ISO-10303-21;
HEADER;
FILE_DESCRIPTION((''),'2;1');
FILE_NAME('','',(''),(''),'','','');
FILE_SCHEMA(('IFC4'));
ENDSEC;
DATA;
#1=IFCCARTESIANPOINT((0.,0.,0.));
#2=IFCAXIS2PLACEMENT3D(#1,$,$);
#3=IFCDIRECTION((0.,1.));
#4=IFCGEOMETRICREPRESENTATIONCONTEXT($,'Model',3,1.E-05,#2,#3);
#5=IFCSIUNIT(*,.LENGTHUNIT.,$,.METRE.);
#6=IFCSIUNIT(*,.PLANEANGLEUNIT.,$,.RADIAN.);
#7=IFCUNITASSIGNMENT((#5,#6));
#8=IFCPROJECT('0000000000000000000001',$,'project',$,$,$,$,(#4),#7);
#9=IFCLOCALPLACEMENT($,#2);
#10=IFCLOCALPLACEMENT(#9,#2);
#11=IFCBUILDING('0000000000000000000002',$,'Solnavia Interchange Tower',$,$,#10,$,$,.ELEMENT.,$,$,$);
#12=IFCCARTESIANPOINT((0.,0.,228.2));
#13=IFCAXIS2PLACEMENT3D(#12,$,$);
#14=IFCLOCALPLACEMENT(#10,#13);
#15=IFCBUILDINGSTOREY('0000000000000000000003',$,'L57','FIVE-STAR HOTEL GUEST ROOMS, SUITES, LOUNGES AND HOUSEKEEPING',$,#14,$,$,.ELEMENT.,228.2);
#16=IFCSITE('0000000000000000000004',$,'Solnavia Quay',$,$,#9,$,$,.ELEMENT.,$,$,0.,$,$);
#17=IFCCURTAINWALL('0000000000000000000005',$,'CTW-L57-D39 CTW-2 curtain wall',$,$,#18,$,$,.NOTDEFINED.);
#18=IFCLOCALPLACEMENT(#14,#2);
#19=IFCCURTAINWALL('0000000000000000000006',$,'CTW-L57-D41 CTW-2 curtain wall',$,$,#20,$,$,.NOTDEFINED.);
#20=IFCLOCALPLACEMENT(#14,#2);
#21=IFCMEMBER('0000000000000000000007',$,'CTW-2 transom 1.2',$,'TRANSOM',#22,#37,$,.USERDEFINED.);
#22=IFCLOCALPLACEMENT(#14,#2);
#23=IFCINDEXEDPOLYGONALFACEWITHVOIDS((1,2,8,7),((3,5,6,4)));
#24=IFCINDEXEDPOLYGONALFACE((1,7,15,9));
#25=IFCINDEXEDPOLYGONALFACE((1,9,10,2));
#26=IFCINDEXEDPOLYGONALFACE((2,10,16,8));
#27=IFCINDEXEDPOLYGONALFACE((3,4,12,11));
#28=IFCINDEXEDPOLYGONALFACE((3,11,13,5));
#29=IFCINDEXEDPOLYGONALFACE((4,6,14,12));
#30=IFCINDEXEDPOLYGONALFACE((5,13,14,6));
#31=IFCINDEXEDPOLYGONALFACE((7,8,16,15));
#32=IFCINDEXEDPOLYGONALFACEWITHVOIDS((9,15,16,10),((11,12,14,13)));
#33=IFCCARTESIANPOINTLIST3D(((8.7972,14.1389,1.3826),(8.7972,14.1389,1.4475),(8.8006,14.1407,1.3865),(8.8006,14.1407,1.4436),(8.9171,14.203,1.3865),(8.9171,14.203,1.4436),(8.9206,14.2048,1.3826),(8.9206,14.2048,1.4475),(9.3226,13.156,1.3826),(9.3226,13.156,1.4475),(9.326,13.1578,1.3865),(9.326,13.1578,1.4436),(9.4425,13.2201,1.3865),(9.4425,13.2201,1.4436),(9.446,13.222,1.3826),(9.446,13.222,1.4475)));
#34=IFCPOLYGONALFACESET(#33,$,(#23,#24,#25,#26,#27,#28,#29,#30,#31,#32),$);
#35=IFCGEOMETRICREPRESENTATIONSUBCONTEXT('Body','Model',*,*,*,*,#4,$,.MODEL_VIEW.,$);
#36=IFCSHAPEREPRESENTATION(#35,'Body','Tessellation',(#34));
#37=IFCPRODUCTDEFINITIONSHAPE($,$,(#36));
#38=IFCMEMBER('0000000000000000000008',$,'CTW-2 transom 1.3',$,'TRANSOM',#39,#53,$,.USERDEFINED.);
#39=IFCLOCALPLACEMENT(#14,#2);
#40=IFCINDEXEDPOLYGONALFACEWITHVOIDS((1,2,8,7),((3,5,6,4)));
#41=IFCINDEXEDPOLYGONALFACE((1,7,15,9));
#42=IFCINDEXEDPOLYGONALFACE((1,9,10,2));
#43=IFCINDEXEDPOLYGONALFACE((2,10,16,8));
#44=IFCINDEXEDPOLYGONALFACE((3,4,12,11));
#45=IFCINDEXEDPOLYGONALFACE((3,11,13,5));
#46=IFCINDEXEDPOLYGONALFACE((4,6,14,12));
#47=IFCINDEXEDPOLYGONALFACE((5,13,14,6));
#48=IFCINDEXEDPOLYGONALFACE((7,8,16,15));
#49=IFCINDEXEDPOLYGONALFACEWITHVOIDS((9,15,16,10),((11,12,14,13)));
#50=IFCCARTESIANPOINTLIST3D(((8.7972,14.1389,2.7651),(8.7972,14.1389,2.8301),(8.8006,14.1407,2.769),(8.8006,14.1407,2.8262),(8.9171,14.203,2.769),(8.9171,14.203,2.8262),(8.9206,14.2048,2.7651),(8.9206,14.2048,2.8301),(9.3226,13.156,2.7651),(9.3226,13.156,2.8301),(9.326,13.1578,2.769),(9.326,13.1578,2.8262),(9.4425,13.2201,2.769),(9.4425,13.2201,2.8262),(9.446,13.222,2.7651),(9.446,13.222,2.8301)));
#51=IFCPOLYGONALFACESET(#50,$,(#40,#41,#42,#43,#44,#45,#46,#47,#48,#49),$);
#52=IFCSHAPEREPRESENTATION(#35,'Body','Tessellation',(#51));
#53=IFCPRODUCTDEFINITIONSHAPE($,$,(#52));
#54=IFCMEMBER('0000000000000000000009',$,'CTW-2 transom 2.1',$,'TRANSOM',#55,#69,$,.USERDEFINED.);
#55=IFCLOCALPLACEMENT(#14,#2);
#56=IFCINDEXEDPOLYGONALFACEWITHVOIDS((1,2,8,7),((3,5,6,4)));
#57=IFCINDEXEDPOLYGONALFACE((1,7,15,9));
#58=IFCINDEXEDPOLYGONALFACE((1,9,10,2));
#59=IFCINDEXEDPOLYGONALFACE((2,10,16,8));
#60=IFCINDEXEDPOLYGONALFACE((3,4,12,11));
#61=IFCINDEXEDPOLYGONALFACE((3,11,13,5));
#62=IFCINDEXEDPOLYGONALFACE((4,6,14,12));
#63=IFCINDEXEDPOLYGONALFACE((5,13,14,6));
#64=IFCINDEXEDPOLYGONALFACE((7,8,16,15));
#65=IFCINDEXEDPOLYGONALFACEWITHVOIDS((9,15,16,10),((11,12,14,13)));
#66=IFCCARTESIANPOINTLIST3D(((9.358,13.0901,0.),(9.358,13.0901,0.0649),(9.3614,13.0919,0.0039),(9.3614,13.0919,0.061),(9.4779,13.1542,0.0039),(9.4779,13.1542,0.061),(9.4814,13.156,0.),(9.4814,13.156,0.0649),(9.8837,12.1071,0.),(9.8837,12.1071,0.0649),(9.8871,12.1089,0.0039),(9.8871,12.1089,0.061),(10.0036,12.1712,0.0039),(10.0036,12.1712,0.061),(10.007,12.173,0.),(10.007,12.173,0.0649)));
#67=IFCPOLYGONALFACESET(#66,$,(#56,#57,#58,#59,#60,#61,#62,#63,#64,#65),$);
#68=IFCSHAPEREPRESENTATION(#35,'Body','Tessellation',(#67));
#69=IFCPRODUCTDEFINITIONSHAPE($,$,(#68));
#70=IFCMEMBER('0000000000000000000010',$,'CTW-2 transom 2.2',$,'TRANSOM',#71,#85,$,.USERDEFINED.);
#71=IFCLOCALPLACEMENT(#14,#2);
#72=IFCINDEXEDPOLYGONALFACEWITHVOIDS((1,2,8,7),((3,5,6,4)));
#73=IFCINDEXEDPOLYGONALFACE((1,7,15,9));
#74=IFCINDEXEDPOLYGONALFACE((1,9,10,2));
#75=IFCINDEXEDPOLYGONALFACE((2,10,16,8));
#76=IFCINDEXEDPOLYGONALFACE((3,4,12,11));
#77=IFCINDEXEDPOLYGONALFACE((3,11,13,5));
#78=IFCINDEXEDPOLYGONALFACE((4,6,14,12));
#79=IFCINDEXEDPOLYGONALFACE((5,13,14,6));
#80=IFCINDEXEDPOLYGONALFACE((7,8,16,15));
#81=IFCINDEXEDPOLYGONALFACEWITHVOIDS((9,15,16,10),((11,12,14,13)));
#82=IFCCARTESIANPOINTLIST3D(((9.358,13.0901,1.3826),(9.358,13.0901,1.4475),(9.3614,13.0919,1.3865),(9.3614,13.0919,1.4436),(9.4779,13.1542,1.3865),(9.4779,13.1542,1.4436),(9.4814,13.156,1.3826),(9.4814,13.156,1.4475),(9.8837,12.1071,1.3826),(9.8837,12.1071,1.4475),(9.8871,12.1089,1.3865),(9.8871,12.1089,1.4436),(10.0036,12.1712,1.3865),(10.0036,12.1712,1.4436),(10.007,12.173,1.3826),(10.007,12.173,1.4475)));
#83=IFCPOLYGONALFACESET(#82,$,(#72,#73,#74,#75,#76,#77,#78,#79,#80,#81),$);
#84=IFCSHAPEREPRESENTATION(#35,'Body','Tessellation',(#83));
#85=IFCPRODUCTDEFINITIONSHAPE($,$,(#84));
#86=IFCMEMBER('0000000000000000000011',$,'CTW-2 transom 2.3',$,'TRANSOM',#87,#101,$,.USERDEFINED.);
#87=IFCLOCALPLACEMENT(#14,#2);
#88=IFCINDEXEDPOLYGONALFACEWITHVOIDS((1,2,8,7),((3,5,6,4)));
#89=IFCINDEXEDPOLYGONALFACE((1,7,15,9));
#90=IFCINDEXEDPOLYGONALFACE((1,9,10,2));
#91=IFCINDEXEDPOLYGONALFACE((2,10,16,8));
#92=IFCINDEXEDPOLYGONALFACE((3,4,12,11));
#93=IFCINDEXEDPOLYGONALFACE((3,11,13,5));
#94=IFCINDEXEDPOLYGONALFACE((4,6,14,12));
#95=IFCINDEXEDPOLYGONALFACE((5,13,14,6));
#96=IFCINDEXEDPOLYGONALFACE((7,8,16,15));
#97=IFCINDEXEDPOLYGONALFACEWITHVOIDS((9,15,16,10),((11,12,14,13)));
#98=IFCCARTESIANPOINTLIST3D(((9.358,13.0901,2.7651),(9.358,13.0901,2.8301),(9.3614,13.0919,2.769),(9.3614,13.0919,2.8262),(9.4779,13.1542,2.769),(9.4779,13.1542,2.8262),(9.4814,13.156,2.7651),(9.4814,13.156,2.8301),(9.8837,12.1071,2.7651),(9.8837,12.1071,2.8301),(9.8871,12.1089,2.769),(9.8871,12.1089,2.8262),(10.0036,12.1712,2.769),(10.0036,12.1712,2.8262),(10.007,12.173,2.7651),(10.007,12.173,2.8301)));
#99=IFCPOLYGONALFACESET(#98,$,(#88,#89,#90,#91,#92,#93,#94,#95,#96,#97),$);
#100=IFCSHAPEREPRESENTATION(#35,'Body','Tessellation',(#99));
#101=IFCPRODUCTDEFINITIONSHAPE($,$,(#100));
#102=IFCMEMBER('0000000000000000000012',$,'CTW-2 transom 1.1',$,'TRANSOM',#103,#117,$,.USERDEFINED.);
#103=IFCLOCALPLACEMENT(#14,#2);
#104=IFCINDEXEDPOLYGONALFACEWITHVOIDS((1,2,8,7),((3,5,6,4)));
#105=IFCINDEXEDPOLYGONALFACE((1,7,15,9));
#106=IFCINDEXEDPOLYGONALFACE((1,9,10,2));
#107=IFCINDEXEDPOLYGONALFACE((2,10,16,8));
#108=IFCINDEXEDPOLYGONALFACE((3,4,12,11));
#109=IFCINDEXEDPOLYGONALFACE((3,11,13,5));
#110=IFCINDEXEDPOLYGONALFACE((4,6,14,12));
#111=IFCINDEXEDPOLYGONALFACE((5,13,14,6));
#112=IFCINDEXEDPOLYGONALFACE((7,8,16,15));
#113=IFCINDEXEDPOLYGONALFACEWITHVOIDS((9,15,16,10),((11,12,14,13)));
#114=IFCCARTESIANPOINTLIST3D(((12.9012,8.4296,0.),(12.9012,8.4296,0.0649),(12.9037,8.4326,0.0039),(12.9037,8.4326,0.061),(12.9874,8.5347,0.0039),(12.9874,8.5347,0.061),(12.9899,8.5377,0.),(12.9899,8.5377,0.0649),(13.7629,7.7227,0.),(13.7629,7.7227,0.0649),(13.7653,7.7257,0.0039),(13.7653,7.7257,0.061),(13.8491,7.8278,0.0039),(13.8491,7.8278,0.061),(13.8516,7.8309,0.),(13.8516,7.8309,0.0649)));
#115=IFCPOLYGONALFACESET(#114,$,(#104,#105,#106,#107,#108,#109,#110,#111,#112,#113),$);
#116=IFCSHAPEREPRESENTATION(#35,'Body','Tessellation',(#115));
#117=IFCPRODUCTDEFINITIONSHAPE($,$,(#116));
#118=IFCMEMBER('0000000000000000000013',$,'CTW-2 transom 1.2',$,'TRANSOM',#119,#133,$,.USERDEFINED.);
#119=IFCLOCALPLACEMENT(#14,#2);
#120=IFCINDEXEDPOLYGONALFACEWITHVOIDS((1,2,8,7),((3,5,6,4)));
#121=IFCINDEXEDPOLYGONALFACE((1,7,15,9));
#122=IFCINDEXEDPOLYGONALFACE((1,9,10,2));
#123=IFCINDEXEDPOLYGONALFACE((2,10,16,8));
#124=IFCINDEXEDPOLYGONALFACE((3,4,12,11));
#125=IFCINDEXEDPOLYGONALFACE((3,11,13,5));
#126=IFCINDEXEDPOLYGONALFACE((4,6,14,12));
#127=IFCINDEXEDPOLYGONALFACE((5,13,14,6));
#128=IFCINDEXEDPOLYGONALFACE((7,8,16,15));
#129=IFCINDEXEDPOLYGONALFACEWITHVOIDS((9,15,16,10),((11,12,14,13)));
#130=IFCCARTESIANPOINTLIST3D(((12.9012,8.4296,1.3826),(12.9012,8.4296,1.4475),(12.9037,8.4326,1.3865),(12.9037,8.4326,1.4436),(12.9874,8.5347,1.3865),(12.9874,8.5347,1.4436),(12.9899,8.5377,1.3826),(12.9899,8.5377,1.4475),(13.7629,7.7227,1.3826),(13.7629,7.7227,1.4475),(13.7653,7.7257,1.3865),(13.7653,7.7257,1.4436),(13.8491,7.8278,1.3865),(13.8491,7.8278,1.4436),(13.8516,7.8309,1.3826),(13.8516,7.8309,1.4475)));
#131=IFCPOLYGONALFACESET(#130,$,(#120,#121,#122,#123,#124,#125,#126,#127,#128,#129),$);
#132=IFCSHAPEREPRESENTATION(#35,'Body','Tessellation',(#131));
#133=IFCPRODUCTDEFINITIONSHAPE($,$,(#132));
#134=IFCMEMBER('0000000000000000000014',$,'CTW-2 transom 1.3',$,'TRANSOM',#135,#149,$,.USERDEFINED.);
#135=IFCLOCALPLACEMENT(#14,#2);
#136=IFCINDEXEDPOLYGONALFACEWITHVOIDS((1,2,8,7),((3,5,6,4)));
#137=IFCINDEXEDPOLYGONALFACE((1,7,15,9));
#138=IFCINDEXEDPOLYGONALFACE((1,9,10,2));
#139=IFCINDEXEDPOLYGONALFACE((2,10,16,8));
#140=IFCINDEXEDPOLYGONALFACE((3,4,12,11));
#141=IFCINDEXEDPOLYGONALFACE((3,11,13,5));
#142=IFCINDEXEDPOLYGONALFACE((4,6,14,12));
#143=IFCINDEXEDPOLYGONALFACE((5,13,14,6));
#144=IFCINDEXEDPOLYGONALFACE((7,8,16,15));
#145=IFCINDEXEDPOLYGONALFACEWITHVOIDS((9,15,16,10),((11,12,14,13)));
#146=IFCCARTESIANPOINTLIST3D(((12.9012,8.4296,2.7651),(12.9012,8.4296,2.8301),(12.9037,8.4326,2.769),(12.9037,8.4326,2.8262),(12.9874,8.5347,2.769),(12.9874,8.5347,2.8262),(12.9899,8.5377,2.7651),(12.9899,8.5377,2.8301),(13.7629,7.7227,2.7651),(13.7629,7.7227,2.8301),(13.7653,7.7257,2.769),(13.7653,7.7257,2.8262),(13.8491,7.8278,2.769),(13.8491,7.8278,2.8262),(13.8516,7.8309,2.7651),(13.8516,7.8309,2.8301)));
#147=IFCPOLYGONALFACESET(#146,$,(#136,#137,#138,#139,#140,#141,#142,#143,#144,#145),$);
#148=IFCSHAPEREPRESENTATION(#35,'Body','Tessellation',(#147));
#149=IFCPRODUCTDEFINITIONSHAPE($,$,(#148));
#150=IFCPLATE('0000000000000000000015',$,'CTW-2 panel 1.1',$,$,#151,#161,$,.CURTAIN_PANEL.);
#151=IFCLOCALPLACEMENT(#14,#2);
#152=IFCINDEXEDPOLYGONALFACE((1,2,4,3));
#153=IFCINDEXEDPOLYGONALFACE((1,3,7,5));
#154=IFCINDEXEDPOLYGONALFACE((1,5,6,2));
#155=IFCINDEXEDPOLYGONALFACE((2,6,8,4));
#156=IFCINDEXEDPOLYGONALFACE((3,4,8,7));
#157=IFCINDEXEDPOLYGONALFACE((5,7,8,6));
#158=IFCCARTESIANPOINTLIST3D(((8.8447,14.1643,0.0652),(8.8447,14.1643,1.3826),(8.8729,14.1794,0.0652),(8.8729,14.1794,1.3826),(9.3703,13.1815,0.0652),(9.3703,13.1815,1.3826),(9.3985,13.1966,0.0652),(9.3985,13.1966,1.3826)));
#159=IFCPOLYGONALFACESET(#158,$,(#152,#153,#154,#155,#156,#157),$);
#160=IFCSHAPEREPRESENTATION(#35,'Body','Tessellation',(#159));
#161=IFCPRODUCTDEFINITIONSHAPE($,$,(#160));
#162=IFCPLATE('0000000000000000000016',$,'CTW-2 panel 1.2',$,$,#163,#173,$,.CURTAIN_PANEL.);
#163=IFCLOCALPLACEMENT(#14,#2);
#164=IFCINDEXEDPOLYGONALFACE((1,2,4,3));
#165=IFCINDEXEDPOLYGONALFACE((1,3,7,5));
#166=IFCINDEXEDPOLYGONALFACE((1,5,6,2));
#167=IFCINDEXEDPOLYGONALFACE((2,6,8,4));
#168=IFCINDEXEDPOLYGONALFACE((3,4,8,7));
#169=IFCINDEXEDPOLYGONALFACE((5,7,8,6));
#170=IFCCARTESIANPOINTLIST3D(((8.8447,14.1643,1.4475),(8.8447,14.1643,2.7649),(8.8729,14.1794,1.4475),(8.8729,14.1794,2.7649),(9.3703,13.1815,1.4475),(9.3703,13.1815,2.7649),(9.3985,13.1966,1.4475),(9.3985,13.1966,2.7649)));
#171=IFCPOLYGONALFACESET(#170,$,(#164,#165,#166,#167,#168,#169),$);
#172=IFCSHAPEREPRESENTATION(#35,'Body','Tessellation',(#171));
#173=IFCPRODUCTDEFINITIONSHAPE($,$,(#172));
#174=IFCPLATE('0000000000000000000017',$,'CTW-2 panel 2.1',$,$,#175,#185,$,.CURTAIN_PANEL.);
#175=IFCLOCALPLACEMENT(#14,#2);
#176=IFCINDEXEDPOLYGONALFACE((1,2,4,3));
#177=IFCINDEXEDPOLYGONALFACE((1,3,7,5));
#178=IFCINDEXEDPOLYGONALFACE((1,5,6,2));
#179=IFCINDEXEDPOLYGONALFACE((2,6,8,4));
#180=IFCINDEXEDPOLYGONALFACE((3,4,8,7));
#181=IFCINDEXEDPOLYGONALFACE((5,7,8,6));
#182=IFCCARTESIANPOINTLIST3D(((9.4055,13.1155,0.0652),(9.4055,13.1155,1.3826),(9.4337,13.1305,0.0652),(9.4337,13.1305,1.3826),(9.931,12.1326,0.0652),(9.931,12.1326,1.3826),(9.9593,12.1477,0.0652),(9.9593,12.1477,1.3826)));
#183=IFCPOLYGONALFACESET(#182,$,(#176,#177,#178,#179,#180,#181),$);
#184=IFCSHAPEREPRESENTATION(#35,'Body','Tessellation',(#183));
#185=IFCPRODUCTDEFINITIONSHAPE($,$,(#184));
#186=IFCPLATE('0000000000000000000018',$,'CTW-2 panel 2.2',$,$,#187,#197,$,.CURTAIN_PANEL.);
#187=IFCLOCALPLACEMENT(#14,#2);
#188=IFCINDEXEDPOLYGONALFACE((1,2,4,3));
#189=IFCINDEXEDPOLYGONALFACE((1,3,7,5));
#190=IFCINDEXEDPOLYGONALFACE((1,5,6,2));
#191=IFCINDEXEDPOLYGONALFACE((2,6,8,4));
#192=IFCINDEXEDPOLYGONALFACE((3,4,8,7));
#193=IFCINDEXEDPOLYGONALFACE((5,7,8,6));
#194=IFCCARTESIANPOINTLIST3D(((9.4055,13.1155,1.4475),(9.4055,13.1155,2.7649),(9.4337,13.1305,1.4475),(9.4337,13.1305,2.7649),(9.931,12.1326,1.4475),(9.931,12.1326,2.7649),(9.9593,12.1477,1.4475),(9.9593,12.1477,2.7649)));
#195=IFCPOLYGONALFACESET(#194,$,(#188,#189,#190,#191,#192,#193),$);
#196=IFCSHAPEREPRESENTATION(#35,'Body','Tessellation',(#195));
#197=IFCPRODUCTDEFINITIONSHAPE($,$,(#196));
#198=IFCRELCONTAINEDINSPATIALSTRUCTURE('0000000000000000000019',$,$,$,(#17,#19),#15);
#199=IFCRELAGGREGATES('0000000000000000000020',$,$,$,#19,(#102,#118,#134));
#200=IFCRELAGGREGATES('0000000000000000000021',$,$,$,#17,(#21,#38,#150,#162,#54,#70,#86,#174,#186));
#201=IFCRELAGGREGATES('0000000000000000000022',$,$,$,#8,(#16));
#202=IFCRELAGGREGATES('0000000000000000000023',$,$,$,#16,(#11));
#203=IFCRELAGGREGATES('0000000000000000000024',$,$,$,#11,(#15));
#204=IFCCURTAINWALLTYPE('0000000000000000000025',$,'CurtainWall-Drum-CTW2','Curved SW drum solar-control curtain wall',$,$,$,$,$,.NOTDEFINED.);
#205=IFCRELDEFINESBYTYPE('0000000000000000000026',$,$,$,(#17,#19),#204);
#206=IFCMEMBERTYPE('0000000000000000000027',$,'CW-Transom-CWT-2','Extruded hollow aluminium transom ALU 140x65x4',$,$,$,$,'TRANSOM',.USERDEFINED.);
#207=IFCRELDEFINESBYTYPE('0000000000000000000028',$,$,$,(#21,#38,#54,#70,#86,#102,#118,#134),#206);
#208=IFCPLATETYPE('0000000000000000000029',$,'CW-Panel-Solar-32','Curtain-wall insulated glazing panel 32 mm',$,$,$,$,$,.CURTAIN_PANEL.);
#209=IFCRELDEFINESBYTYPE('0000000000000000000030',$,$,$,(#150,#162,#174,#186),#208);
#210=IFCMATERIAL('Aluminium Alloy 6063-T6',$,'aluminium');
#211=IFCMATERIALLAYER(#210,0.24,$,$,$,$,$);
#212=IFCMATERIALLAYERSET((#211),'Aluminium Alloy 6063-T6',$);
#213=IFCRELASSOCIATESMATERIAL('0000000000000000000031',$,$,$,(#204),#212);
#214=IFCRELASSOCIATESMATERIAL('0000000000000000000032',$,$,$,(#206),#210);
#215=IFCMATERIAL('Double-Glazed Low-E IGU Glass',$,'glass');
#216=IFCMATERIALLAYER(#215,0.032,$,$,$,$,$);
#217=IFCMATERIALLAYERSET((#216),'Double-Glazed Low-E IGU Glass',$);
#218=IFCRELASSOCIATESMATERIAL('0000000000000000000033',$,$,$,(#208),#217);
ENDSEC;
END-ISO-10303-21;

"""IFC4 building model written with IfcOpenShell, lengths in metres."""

from ifc_helpers import new_model, si_unit, direction, frame, origin, origin_2d, place, context, subcontext, project, spatial, rectangle, hollow_rectangle, extrude, material, layer, layer_set, material_profile, profile_set, type_object, element, aggregate, save


model = new_model("IFC4")

# Units and contexts
model_context = context("Model", 3, precision=1e-05, world=origin(), true_north=direction((0.0, 1.0)))
body_context = subcontext(model_context, "Body", "Model", "MODEL_VIEW")
ifc_project = project(units=[si_unit("LENGTHUNIT", "METRE"), si_unit("PLANEANGLEUNIT", "RADIAN")], contexts=[model_context])

# Site, building, storey
site_placement = place(None, origin())
site = spatial("IfcSite", under=ifc_project, at=site_placement, Name="Solnavia Quay", CompositionType="ELEMENT", RefElevation=0.0)
building_placement = place(site_placement, origin())
building = spatial("IfcBuilding", under=site, at=building_placement, Name="Solnavia Interchange Tower", CompositionType="ELEMENT")
storey_placement = place(building_placement, frame((0.0, 0.0, 228.2)))
storey = spatial("IfcBuildingStorey", under=building, at=storey_placement, Name="L57", Description="FIVE-STAR HOTEL GUEST ROOMS, SUITES, LOUNGES AND HOUSEKEEPING", CompositionType="ELEMENT", Elevation=228.2)

# Curtain wall
ifc_material_1 = material(Name="Aluminium Alloy 6063-T6", Category="aluminium")
ifc_layer_1 = layer(ifc_material_1, 0.24)
ifc_layer_set_1 = layer_set([ifc_layer_1], Name="Aluminium Alloy 6063-T6")
curtain_wall_type = type_object("IfcCurtainWallType", Name="CurtainWall-Drum-CTW2", Description="Curved SW drum solar-control curtain wall", PredefinedType="NOTDEFINED", material=ifc_layer_set_1)
curtain_wall_1_placement = place(storey_placement, origin())
curtain_wall_1 = element("IfcCurtainWall", 1, at=curtain_wall_1_placement, inside=storey, type_object=curtain_wall_type, Name="CTW-L57-D39 CTW-2 curtain wall", PredefinedType="NOTDEFINED")

# Curtain wall
curtain_wall_2_placement = place(storey_placement, origin())
curtain_wall_2 = element("IfcCurtainWall", 2, at=curtain_wall_2_placement, inside=storey, type_object=curtain_wall_type, Name="CTW-L57-D41 CTW-2 curtain wall", PredefinedType="NOTDEFINED")

# Members
ifc_material_profile_1 = material_profile(ifc_material_1, hollow_rectangle(XDim=0.0649, YDim=0.1399, WallThickness=0.0039, at=origin_2d()), Name="ALU 140x65x4")
ifc_profile_set_1 = profile_set([ifc_material_profile_1], Name="Aluminium Alloy 6063-T6")
member_type_1 = type_object("IfcMemberType", Name="CW-Transom-CWT-2", Description="Extruded hollow aluminium transom ALU 140x65x4", ElementType="TRANSOM", PredefinedType="USERDEFINED", material=ifc_profile_set_1)
member_1_placement = place(storey_placement, frame((8.8589, 14.1719, 1.415), z_axis=(0.471407, -0.881916, 0.0), x_axis=(0.0, 0.0, 1.0)))
member_1 = element("IfcMember", 3, at=member_1_placement, type_object=member_type_1, Name="CTW-2 transom 1.2", ObjectType="TRANSOM", PredefinedType="USERDEFINED", context=body_context, shape_type="SweptSolid", body=[
    extrude(hollow_rectangle(XDim=0.0649, YDim=0.1399, WallThickness=0.0039, at=origin_2d()), origin(), (0.0, 0.0, 1.0), 1.1145),
])
member_2_placement = place(storey_placement, frame((8.8589, 14.1719, 2.7976), z_axis=(0.471407, -0.881916, 0.0), x_axis=(0.0, 0.0, 1.0)))
member_2 = element("IfcMember", 4, at=member_2_placement, type_object=member_type_1, Name="CTW-2 transom 1.3", ObjectType="TRANSOM", PredefinedType="USERDEFINED", context=body_context, shape_type="SweptSolid", body=[
    extrude(hollow_rectangle(XDim=0.0649, YDim=0.1399, WallThickness=0.0039, at=origin_2d()), origin(), (0.0, 0.0, 1.0), 1.1145),
])
member_3_placement = place(storey_placement, frame((9.4197, 13.123, 0.0325), z_axis=(0.471577, -0.881825, 0.0), x_axis=(0.0, 0.0, 1.0)))
member_3 = element("IfcMember", 5, at=member_3_placement, type_object=member_type_1, Name="CTW-2 transom 2.1", ObjectType="TRANSOM", PredefinedType="USERDEFINED", context=body_context, shape_type="SweptSolid", body=[
    extrude(hollow_rectangle(XDim=0.0649, YDim=0.1399, WallThickness=0.0039, at=origin_2d()), origin(), (0.0, 0.0, 1.0), 1.1147),
])
member_4_placement = place(storey_placement, frame((9.4197, 13.123, 1.415), z_axis=(0.471577, -0.881825, 0.0), x_axis=(0.0, 0.0, 1.0)))
member_4 = element("IfcMember", 6, at=member_4_placement, type_object=member_type_1, Name="CTW-2 transom 2.2", ObjectType="TRANSOM", PredefinedType="USERDEFINED", context=body_context, shape_type="SweptSolid", body=[
    extrude(hollow_rectangle(XDim=0.0649, YDim=0.1399, WallThickness=0.0039, at=origin_2d()), origin(), (0.0, 0.0, 1.0), 1.1147),
])
member_5_placement = place(storey_placement, frame((9.4197, 13.123, 2.7976), z_axis=(0.471577, -0.881825, 0.0), x_axis=(0.0, 0.0, 1.0)))
member_5 = element("IfcMember", 7, at=member_5_placement, type_object=member_type_1, Name="CTW-2 transom 2.3", ObjectType="TRANSOM", PredefinedType="USERDEFINED", context=body_context, shape_type="SweptSolid", body=[
    extrude(hollow_rectangle(XDim=0.0649, YDim=0.1399, WallThickness=0.0039, at=origin_2d()), origin(), (0.0, 0.0, 1.0), 1.1147),
])
member_6_placement = place(storey_placement, frame((12.9456, 8.4836, 0.0325), z_axis=(0.773137, -0.634239, 0.0), x_axis=(0.0, 0.0, 1.0)))
member_6 = element("IfcMember", 8, at=member_6_placement, type_object=member_type_1, Name="CTW-2 transom 1.1", ObjectType="TRANSOM", PredefinedType="USERDEFINED", context=body_context, shape_type="SweptSolid", body=[
    extrude(hollow_rectangle(XDim=0.0649, YDim=0.1399, WallThickness=0.0039, at=origin_2d()), origin(), (0.0, 0.0, 1.0), 1.1145),
])
member_7_placement = place(storey_placement, frame((12.9456, 8.4836, 1.415), z_axis=(0.773137, -0.634239, 0.0), x_axis=(0.0, 0.0, 1.0)))
member_7 = element("IfcMember", 9, at=member_7_placement, type_object=member_type_1, Name="CTW-2 transom 1.2", ObjectType="TRANSOM", PredefinedType="USERDEFINED", context=body_context, shape_type="SweptSolid", body=[
    extrude(hollow_rectangle(XDim=0.0649, YDim=0.1399, WallThickness=0.0039, at=origin_2d()), origin(), (0.0, 0.0, 1.0), 1.1145),
])
member_8_placement = place(storey_placement, frame((12.9456, 8.4836, 2.7976), z_axis=(0.773137, -0.634239, 0.0), x_axis=(0.0, 0.0, 1.0)))
member_8 = element("IfcMember", 10, at=member_8_placement, type_object=member_type_1, Name="CTW-2 transom 1.3", ObjectType="TRANSOM", PredefinedType="USERDEFINED", context=body_context, shape_type="SweptSolid", body=[
    extrude(hollow_rectangle(XDim=0.0649, YDim=0.1399, WallThickness=0.0039, at=origin_2d()), origin(), (0.0, 0.0, 1.0), 1.1145),
])
aggregate(curtain_wall_2, [member_6, member_7, member_8])

# Plates
ifc_material_2 = material(Name="Double-Glazed Low-E IGU Glass", Category="glass")
ifc_layer_2 = layer(ifc_material_2, 0.032)
ifc_layer_set_2 = layer_set([ifc_layer_2], Name="Double-Glazed Low-E IGU Glass")
plate_type = type_object("IfcPlateType", Name="CW-Panel-Solar-32", Description="Curtain-wall insulated glazing panel 32 mm", PredefinedType="CURTAIN_PANEL", material=ifc_layer_set_2)
plate_1_placement = place(storey_placement, frame((9.1216, 13.6804, 0.0652), z_axis=(0.0, 0.0, 1.0), x_axis=(0.471561, -0.881834, 0.0)))
plate_1 = element("IfcPlate", 11, at=plate_1_placement, type_object=plate_type, Name="CTW-2 panel 1.1", PredefinedType="CURTAIN_PANEL", context=body_context, shape_type="SweptSolid", body=[
    extrude(rectangle(XDim=1.1145, YDim=0.032, at=origin_2d()), origin(), (0.0, 0.0, 1.0), 1.3174),
])
plate_2_placement = place(storey_placement, frame((9.1216, 13.6804, 1.4475), z_axis=(0.0, 0.0, 1.0), x_axis=(0.471561, -0.881834, 0.0)))
plate_2 = element("IfcPlate", 12, at=plate_2_placement, type_object=plate_type, Name="CTW-2 panel 1.2", PredefinedType="CURTAIN_PANEL", context=body_context, shape_type="SweptSolid", body=[
    extrude(rectangle(XDim=1.1145, YDim=0.032, at=origin_2d()), origin(), (0.0, 0.0, 1.0), 1.3174),
])
plate_3_placement = place(storey_placement, frame((9.6824, 12.6316, 0.0652), z_axis=(0.0, 0.0, 1.0), x_axis=(0.471561, -0.881834, 0.0)))
plate_3 = element("IfcPlate", 13, at=plate_3_placement, type_object=plate_type, Name="CTW-2 panel 2.1", PredefinedType="CURTAIN_PANEL", context=body_context, shape_type="SweptSolid", body=[
    extrude(rectangle(XDim=1.1145, YDim=0.032, at=origin_2d()), origin(), (0.0, 0.0, 1.0), 1.3174),
])
plate_4_placement = place(storey_placement, frame((9.6824, 12.6316, 1.4475), z_axis=(0.0, 0.0, 1.0), x_axis=(0.471561, -0.881834, 0.0)))
plate_4 = element("IfcPlate", 14, at=plate_4_placement, type_object=plate_type, Name="CTW-2 panel 2.2", PredefinedType="CURTAIN_PANEL", context=body_context, shape_type="SweptSolid", body=[
    extrude(rectangle(XDim=1.1145, YDim=0.032, at=origin_2d()), origin(), (0.0, 0.0, 1.0), 1.3174),
])
aggregate(curtain_wall_1, [member_1, member_2, plate_1, plate_2, member_3, member_4, member_5, plate_3, plate_4])

save(model, "model.ifc")
